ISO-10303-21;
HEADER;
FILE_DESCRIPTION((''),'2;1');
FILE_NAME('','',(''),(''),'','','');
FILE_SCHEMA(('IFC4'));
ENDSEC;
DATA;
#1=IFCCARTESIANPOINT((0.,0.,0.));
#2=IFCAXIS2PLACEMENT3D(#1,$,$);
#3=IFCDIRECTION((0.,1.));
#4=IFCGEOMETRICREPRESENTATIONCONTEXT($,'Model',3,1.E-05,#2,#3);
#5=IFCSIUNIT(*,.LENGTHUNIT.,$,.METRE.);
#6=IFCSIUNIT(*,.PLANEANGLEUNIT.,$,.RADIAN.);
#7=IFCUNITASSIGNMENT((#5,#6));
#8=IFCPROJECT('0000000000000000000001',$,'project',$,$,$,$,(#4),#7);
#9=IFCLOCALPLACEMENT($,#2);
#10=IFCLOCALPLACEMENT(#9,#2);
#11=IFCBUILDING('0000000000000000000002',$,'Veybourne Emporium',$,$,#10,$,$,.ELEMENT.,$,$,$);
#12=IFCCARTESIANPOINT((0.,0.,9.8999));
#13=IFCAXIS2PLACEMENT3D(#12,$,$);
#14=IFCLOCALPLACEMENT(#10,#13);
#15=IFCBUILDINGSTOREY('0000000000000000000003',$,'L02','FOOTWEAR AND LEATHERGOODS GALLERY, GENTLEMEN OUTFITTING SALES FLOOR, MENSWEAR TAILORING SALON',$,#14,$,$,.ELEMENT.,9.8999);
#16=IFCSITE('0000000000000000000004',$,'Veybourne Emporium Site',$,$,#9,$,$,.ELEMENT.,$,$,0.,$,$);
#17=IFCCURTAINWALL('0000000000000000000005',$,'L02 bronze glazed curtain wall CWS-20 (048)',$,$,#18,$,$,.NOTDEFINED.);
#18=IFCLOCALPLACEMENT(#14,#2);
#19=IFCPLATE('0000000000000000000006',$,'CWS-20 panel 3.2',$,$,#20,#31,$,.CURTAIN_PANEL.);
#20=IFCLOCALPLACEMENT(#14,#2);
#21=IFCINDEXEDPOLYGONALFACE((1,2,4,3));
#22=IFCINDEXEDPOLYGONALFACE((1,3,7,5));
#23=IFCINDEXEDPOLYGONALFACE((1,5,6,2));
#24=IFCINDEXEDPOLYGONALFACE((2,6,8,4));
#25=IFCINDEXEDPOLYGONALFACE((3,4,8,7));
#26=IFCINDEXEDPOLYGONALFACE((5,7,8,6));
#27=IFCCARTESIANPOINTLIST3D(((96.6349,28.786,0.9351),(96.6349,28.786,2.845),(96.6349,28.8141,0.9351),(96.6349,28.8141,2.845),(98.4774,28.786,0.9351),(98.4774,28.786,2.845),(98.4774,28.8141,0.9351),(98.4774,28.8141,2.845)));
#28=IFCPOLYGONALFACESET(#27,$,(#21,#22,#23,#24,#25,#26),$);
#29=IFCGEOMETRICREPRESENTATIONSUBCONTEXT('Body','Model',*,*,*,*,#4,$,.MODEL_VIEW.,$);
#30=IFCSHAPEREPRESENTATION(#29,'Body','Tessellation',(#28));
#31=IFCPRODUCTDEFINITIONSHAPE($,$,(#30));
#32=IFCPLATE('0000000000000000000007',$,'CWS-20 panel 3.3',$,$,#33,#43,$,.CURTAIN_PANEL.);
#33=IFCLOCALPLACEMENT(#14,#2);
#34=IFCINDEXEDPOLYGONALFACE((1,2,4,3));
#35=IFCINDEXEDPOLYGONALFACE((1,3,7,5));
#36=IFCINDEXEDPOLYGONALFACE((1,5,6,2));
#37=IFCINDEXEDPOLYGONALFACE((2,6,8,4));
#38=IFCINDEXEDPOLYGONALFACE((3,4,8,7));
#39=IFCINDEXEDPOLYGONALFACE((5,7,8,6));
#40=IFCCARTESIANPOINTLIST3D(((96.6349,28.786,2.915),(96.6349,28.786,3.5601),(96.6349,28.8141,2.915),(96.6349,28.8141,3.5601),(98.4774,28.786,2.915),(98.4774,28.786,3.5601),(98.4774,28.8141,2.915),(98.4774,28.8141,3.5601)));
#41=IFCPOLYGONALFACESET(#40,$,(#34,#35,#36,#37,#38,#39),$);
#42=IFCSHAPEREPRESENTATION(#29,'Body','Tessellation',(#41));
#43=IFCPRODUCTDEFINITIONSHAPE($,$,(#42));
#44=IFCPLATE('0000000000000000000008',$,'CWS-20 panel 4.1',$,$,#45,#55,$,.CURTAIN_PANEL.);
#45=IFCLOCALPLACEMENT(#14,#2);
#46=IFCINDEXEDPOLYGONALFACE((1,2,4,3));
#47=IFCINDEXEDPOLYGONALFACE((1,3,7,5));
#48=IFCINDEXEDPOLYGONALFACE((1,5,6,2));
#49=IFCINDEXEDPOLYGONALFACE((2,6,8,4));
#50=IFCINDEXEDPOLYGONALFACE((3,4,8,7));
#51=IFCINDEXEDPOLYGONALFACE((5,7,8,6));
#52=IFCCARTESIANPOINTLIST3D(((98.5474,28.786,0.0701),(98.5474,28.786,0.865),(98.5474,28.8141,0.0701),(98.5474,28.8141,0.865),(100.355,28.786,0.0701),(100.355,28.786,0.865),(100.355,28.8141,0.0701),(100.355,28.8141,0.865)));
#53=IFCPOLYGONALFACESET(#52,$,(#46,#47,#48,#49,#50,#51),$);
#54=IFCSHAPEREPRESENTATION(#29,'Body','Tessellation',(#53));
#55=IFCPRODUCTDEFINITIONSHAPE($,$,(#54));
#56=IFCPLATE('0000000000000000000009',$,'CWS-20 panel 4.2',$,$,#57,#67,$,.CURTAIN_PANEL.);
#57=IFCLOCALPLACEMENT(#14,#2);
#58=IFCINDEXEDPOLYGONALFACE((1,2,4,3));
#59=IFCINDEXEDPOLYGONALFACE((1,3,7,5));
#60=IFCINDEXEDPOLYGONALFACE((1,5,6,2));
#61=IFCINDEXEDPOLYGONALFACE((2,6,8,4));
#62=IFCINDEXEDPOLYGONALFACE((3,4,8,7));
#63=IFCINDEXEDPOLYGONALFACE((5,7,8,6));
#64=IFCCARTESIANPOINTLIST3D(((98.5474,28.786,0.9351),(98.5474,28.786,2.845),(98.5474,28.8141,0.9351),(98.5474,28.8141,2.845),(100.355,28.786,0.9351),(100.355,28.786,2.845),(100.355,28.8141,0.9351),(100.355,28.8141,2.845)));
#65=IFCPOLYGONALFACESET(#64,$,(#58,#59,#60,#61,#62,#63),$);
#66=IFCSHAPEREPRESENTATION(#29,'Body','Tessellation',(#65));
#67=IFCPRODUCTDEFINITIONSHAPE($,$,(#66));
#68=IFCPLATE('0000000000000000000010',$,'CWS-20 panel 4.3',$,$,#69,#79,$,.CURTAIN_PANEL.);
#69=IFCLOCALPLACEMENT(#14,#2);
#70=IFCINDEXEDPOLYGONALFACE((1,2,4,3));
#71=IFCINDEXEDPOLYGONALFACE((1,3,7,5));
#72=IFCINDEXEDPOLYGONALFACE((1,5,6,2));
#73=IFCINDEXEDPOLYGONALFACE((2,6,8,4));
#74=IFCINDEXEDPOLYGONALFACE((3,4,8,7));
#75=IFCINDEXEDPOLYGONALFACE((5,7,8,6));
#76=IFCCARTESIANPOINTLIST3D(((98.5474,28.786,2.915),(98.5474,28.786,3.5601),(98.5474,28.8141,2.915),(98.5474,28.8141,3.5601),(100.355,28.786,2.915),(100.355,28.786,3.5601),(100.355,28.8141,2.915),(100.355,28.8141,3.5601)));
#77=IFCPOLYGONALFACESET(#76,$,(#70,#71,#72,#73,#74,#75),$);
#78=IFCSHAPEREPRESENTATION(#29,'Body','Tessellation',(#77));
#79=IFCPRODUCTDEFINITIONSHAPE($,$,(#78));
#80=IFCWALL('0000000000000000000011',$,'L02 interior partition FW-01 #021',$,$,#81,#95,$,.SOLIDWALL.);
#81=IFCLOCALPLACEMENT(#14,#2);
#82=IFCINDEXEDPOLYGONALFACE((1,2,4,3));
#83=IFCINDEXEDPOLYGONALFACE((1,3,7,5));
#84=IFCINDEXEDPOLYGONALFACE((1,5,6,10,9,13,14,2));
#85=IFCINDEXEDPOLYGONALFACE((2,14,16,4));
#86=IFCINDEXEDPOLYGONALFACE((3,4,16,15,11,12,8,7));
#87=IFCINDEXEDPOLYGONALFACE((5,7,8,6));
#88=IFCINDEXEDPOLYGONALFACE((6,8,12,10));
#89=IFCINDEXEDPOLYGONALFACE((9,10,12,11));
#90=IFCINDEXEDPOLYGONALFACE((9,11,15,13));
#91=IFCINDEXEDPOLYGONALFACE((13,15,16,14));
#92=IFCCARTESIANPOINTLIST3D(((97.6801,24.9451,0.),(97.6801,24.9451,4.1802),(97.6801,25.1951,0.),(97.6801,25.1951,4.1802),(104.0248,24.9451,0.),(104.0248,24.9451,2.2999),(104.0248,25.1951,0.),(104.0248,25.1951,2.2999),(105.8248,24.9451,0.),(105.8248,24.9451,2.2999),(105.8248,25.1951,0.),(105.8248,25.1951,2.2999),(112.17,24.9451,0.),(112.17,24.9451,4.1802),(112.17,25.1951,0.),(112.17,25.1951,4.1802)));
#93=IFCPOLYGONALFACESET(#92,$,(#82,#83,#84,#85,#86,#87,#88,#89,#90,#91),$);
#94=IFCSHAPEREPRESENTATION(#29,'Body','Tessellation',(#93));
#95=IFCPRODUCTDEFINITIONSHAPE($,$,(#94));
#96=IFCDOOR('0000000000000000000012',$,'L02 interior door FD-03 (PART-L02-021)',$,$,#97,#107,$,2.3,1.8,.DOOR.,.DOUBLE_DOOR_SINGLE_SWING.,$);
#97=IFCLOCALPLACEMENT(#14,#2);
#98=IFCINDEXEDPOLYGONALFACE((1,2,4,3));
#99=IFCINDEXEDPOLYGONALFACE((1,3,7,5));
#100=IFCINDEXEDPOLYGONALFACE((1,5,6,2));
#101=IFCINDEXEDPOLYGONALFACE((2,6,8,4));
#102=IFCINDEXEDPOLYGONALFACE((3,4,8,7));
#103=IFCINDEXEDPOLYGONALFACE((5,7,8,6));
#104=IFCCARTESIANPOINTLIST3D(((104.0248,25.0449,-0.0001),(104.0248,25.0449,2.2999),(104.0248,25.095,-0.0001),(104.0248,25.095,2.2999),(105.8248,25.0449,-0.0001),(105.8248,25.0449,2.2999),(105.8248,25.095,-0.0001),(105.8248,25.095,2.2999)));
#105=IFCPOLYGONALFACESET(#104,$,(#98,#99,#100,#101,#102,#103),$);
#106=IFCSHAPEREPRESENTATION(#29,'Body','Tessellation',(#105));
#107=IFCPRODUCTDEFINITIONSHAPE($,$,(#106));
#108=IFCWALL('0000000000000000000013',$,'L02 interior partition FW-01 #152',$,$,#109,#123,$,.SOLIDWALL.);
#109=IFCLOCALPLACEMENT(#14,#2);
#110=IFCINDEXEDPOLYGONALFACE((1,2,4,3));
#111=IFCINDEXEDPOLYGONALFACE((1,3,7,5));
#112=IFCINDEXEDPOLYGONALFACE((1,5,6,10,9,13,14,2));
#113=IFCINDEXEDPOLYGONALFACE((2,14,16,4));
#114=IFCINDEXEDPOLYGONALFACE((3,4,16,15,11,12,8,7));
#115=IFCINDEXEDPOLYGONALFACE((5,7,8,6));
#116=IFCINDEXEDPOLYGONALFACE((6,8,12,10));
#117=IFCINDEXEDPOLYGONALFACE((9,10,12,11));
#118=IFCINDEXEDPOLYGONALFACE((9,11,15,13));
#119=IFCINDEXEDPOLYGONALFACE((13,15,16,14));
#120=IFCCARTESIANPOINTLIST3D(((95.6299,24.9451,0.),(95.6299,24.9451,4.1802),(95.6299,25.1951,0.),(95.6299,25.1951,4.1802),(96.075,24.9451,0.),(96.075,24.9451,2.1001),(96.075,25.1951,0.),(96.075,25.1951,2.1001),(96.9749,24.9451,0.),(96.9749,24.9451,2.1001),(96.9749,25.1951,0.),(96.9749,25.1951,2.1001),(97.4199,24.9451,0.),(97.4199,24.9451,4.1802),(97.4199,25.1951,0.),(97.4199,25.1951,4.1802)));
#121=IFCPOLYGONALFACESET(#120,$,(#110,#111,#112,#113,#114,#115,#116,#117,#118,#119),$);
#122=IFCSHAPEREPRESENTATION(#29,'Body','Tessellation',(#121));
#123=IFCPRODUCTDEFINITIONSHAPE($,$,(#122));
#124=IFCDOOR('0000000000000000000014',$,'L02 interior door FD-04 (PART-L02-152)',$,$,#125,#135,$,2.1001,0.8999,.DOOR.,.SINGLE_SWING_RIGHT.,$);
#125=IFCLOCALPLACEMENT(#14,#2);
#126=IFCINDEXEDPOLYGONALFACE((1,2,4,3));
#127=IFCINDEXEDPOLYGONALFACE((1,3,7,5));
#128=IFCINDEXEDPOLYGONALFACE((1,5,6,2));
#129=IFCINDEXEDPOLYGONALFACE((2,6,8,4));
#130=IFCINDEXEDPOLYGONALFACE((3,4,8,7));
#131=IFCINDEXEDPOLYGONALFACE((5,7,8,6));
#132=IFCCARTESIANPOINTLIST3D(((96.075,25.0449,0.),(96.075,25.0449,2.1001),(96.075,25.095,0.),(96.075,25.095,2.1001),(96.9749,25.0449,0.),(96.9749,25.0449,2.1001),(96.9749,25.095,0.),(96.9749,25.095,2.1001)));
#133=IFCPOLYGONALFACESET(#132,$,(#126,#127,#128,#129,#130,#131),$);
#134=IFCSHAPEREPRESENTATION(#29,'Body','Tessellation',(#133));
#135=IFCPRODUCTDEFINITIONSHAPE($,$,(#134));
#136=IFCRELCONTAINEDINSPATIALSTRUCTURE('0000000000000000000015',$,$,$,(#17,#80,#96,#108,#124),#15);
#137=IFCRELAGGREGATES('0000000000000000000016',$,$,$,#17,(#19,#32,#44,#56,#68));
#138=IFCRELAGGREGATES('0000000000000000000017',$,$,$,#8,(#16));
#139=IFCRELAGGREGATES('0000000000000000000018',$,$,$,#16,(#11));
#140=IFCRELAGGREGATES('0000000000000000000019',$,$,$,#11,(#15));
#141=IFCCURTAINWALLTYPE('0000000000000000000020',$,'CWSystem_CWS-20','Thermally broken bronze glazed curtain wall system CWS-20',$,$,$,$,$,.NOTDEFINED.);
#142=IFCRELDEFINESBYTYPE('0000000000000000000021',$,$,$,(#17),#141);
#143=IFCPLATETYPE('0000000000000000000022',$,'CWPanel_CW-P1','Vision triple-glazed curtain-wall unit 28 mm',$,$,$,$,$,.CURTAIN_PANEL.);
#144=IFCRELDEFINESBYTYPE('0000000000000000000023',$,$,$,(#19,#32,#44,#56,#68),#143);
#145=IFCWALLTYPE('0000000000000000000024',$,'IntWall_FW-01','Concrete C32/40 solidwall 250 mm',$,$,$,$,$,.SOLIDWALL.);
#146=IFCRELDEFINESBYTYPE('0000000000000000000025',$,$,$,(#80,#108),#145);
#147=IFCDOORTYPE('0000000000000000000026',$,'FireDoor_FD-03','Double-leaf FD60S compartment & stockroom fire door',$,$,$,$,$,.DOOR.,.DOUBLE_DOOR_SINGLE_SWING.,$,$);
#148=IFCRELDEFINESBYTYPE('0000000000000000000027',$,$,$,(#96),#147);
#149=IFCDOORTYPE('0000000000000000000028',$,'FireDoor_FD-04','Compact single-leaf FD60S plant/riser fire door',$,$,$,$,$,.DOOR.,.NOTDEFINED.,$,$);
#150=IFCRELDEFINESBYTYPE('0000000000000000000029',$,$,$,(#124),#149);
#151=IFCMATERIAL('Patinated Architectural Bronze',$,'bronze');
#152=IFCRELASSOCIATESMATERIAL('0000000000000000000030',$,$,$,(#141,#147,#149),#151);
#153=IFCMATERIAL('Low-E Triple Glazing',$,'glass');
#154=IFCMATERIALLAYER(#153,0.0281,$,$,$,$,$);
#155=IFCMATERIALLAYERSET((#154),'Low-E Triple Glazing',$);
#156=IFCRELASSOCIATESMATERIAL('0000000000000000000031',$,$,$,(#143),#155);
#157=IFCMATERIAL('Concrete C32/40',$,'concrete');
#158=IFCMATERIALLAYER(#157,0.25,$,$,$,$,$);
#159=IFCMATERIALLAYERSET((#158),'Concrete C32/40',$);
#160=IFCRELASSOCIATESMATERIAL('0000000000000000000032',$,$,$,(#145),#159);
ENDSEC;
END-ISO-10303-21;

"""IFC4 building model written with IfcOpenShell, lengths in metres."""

from ifc_helpers import new_model, si_unit, direction, frame, frame_2d, origin, origin_2d, place, context, subcontext, project, spatial, rectangle, extrude, material, layer, layer_set, type_object, element, fill, aggregate, save


model = new_model("IFC4")

# Units and contexts
model_context = context("Model", 3, precision=1e-05, world=origin(), true_north=direction((0.0, 1.0)))
body_context = subcontext(model_context, "Body", "Model", "MODEL_VIEW")
ifc_project = project(units=[si_unit("LENGTHUNIT", "METRE"), si_unit("PLANEANGLEUNIT", "RADIAN")], contexts=[model_context])

# Site, building, storey
site_placement = place(None, origin())
site = spatial("IfcSite", under=ifc_project, at=site_placement, Name="Veybourne Emporium Site", CompositionType="ELEMENT", RefElevation=0.0)
building_placement = place(site_placement, origin())
building = spatial("IfcBuilding", under=site, at=building_placement, Name="Veybourne Emporium", CompositionType="ELEMENT")
storey_placement = place(building_placement, frame((0.0, 0.0, 9.8999)))
storey = spatial("IfcBuildingStorey", under=building, at=storey_placement, Name="L02", Description="FOOTWEAR AND LEATHERGOODS GALLERY, GENTLEMEN OUTFITTING SALES FLOOR, MENSWEAR TAILORING SALON", CompositionType="ELEMENT", Elevation=9.8999)

# Curtain wall, plates
ifc_material_1 = material(Name="Patinated Architectural Bronze", Category="bronze")
curtain_wall_type = type_object("IfcCurtainWallType", Name="CWSystem_CWS-20", Description="Thermally broken bronze glazed curtain wall system CWS-20", PredefinedType="NOTDEFINED", material=ifc_material_1)
curtain_wall_placement = place(storey_placement, origin())
curtain_wall = element("IfcCurtainWall", 1, at=curtain_wall_placement, inside=storey, type_object=curtain_wall_type, Name="L02 bronze glazed curtain wall CWS-20 (048)", PredefinedType="NOTDEFINED")
ifc_material_2 = material(Name="Low-E Triple Glazing", Category="glass")
ifc_layer_1 = layer(ifc_material_2, 0.0281)
ifc_layer_set_1 = layer_set([ifc_layer_1], Name="Low-E Triple Glazing")
plate_type = type_object("IfcPlateType", Name="CWPanel_CW-P1", Description="Vision triple-glazed curtain-wall unit 28 mm", PredefinedType="CURTAIN_PANEL", material=ifc_layer_set_1)
plate_1_placement = place(storey_placement, frame((97.5562, 28.8, 0.9351), z_axis=(0.0, 0.0, 1.0), x_axis=(1.0, 0.0, 0.0)))
plate_1 = element("IfcPlate", 2, at=plate_1_placement, type_object=plate_type, Name="CWS-20 panel 3.2", PredefinedType="CURTAIN_PANEL", context=body_context, shape_type="SweptSolid", body=[
    extrude(rectangle(XDim=1.8425, YDim=0.0281, at=origin_2d()), origin(), (0.0, 0.0, 1.0), 1.9099),
])
plate_2_placement = place(storey_placement, frame((97.5562, 28.8, 2.915), z_axis=(0.0, 0.0, 1.0), x_axis=(1.0, 0.0, 0.0)))
plate_2 = element("IfcPlate", 3, at=plate_2_placement, type_object=plate_type, Name="CWS-20 panel 3.3", PredefinedType="CURTAIN_PANEL", context=body_context, shape_type="SweptSolid", body=[
    extrude(rectangle(XDim=1.8425, YDim=0.0281, at=origin_2d()), origin(), (0.0, 0.0, 1.0), 0.645),
])
plate_3_placement = place(storey_placement, frame((99.4512, 28.8, 0.0701), z_axis=(0.0, 0.0, 1.0), x_axis=(1.0, 0.0, 0.0)))
plate_3 = element("IfcPlate", 4, at=plate_3_placement, type_object=plate_type, Name="CWS-20 panel 4.1", PredefinedType="CURTAIN_PANEL", context=body_context, shape_type="SweptSolid", body=[
    extrude(rectangle(XDim=1.8076, YDim=0.0281, at=origin_2d()), origin(), (0.0, 0.0, 1.0), 0.7949),
])
plate_4_placement = place(storey_placement, frame((99.4512, 28.8, 0.9351), z_axis=(0.0, 0.0, 1.0), x_axis=(1.0, 0.0, 0.0)))
plate_4 = element("IfcPlate", 5, at=plate_4_placement, type_object=plate_type, Name="CWS-20 panel 4.2", PredefinedType="CURTAIN_PANEL", context=body_context, shape_type="SweptSolid", body=[
    extrude(rectangle(XDim=1.8076, YDim=0.0281, at=origin_2d()), origin(), (0.0, 0.0, 1.0), 1.9099),
])
plate_5_placement = place(storey_placement, frame((99.4512, 28.8, 2.915), z_axis=(0.0, 0.0, 1.0), x_axis=(1.0, 0.0, 0.0)))
plate_5 = element("IfcPlate", 6, at=plate_5_placement, type_object=plate_type, Name="CWS-20 panel 4.3", PredefinedType="CURTAIN_PANEL", context=body_context, shape_type="SweptSolid", body=[
    extrude(rectangle(XDim=1.8076, YDim=0.0281, at=origin_2d()), origin(), (0.0, 0.0, 1.0), 0.645),
])
aggregate(curtain_wall, [plate_1, plate_2, plate_3, plate_4, plate_5])

# Walls, openings, doors
ifc_material_3 = material(Name="Concrete C32/40", Category="concrete")
ifc_layer_2 = layer(ifc_material_3, 0.25)
ifc_layer_set_2 = layer_set([ifc_layer_2], Name="Concrete C32/40")
wall_type = type_object("IfcWallType", Name="IntWall_FW-01", Description="Concrete C32/40 solidwall 250 mm", PredefinedType="SOLIDWALL", material=ifc_layer_set_2)
wall_1_placement = place(storey_placement, frame((97.6799, 25.0701, 0.0), z_axis=(0.0, 0.0, 1.0), x_axis=(1.0, 0.0, 0.0)))
wall_1 = element("IfcWall", 7, at=wall_1_placement, inside=storey, type_object=wall_type, Name="L02 interior partition FW-01 #021", PredefinedType="SOLIDWALL", context=body_context, shape_type="SweptSolid", body=[
    extrude(rectangle(XDim=14.49, YDim=0.25, at=frame_2d((7.2451, 0.0))), origin(), (0.0, 0.0, 1.0), 4.1802),
])
opening_1_placement = place(wall_1_placement, frame((6.345, 0.0, 0.0)))
opening_1 = element("IfcOpeningElement", 8, at=opening_1_placement, cuts=wall_1, PredefinedType="OPENING", context=body_context, shape_type="SweptSolid", body=[
    extrude(rectangle(XDim=1.8, YDim=2.3, at=frame_2d((0.8999, 1.1499))), frame((0.0, 0.145, 0.0), z_axis=(0.0, -1.0, 0.0), x_axis=(1.0, 0.0, 0.0)), (0.0, 0.0, 1.0), 0.29),
])
door_type_1 = type_object("IfcDoorType", Name="FireDoor_FD-03", Description="Double-leaf FD60S compartment & stockroom fire door", OperationType="DOUBLE_DOOR_SINGLE_SWING", PredefinedType="DOOR", material=ifc_material_1)
door_1_placement = place(opening_1_placement, origin())
door_1 = element("IfcDoor", 9, at=door_1_placement, inside=storey, type_object=door_type_1, Name="L02 interior door FD-03 (PART-L02-021)", OperationType="DOUBLE_DOOR_SINGLE_SWING", OverallHeight=2.3, OverallWidth=1.8, PredefinedType="DOOR", context=body_context, shape_type="SweptSolid", body=[
    extrude(rectangle(XDim=1.8, YDim=2.3, at=frame_2d((0.8999, 1.1499))), frame((0.0, 0.0249, 0.0), z_axis=(0.0, -1.0, 0.0), x_axis=(1.0, 0.0, 0.0)), (0.0, 0.0, 1.0), 0.05),
])
fill(opening_1, door_1)
wall_2_placement = place(storey_placement, frame((95.6299, 25.0701, 0.0), z_axis=(0.0, 0.0, 1.0), x_axis=(1.0, 0.0, 0.0)))
wall_2 = element("IfcWall", 10, at=wall_2_placement, inside=storey, type_object=wall_type, Name="L02 interior partition FW-01 #152", PredefinedType="SOLIDWALL", context=body_context, shape_type="SweptSolid", body=[
    extrude(rectangle(XDim=1.79, YDim=0.25, at=frame_2d((0.895, 0.0))), origin(), (0.0, 0.0, 1.0), 4.1802),
])
opening_2_placement = place(wall_2_placement, frame((0.4451, 0.0, 0.0)))
opening_2 = element("IfcOpeningElement", 11, at=opening_2_placement, cuts=wall_2, PredefinedType="OPENING", context=body_context, shape_type="SweptSolid", body=[
    extrude(rectangle(XDim=0.8999, YDim=2.1001, at=frame_2d((0.45, 1.05))), frame((0.0, 0.145, 0.0), z_axis=(0.0, -1.0, 0.0), x_axis=(1.0, 0.0, 0.0)), (0.0, 0.0, 1.0), 0.29),
])
door_type_2 = type_object("IfcDoorType", Name="FireDoor_FD-04", Description="Compact single-leaf FD60S plant/riser fire door", OperationType="NOTDEFINED", PredefinedType="DOOR", material=ifc_material_1)
door_2_placement = place(opening_2_placement, origin())
door_2 = element("IfcDoor", 12, at=door_2_placement, inside=storey, type_object=door_type_2, Name="L02 interior door FD-04 (PART-L02-152)", OperationType="SINGLE_SWING_RIGHT", OverallHeight=2.1001, OverallWidth=0.8999, PredefinedType="DOOR", context=body_context, shape_type="SweptSolid", body=[
    extrude(rectangle(XDim=0.8999, YDim=2.1001, at=frame_2d((0.45, 1.05))), frame((0.0, 0.0249, 0.0), z_axis=(0.0, -1.0, 0.0), x_axis=(1.0, 0.0, 0.0)), (0.0, 0.0, 1.0), 0.05),
])
fill(opening_2, door_2)

save(model, "model.ifc")
